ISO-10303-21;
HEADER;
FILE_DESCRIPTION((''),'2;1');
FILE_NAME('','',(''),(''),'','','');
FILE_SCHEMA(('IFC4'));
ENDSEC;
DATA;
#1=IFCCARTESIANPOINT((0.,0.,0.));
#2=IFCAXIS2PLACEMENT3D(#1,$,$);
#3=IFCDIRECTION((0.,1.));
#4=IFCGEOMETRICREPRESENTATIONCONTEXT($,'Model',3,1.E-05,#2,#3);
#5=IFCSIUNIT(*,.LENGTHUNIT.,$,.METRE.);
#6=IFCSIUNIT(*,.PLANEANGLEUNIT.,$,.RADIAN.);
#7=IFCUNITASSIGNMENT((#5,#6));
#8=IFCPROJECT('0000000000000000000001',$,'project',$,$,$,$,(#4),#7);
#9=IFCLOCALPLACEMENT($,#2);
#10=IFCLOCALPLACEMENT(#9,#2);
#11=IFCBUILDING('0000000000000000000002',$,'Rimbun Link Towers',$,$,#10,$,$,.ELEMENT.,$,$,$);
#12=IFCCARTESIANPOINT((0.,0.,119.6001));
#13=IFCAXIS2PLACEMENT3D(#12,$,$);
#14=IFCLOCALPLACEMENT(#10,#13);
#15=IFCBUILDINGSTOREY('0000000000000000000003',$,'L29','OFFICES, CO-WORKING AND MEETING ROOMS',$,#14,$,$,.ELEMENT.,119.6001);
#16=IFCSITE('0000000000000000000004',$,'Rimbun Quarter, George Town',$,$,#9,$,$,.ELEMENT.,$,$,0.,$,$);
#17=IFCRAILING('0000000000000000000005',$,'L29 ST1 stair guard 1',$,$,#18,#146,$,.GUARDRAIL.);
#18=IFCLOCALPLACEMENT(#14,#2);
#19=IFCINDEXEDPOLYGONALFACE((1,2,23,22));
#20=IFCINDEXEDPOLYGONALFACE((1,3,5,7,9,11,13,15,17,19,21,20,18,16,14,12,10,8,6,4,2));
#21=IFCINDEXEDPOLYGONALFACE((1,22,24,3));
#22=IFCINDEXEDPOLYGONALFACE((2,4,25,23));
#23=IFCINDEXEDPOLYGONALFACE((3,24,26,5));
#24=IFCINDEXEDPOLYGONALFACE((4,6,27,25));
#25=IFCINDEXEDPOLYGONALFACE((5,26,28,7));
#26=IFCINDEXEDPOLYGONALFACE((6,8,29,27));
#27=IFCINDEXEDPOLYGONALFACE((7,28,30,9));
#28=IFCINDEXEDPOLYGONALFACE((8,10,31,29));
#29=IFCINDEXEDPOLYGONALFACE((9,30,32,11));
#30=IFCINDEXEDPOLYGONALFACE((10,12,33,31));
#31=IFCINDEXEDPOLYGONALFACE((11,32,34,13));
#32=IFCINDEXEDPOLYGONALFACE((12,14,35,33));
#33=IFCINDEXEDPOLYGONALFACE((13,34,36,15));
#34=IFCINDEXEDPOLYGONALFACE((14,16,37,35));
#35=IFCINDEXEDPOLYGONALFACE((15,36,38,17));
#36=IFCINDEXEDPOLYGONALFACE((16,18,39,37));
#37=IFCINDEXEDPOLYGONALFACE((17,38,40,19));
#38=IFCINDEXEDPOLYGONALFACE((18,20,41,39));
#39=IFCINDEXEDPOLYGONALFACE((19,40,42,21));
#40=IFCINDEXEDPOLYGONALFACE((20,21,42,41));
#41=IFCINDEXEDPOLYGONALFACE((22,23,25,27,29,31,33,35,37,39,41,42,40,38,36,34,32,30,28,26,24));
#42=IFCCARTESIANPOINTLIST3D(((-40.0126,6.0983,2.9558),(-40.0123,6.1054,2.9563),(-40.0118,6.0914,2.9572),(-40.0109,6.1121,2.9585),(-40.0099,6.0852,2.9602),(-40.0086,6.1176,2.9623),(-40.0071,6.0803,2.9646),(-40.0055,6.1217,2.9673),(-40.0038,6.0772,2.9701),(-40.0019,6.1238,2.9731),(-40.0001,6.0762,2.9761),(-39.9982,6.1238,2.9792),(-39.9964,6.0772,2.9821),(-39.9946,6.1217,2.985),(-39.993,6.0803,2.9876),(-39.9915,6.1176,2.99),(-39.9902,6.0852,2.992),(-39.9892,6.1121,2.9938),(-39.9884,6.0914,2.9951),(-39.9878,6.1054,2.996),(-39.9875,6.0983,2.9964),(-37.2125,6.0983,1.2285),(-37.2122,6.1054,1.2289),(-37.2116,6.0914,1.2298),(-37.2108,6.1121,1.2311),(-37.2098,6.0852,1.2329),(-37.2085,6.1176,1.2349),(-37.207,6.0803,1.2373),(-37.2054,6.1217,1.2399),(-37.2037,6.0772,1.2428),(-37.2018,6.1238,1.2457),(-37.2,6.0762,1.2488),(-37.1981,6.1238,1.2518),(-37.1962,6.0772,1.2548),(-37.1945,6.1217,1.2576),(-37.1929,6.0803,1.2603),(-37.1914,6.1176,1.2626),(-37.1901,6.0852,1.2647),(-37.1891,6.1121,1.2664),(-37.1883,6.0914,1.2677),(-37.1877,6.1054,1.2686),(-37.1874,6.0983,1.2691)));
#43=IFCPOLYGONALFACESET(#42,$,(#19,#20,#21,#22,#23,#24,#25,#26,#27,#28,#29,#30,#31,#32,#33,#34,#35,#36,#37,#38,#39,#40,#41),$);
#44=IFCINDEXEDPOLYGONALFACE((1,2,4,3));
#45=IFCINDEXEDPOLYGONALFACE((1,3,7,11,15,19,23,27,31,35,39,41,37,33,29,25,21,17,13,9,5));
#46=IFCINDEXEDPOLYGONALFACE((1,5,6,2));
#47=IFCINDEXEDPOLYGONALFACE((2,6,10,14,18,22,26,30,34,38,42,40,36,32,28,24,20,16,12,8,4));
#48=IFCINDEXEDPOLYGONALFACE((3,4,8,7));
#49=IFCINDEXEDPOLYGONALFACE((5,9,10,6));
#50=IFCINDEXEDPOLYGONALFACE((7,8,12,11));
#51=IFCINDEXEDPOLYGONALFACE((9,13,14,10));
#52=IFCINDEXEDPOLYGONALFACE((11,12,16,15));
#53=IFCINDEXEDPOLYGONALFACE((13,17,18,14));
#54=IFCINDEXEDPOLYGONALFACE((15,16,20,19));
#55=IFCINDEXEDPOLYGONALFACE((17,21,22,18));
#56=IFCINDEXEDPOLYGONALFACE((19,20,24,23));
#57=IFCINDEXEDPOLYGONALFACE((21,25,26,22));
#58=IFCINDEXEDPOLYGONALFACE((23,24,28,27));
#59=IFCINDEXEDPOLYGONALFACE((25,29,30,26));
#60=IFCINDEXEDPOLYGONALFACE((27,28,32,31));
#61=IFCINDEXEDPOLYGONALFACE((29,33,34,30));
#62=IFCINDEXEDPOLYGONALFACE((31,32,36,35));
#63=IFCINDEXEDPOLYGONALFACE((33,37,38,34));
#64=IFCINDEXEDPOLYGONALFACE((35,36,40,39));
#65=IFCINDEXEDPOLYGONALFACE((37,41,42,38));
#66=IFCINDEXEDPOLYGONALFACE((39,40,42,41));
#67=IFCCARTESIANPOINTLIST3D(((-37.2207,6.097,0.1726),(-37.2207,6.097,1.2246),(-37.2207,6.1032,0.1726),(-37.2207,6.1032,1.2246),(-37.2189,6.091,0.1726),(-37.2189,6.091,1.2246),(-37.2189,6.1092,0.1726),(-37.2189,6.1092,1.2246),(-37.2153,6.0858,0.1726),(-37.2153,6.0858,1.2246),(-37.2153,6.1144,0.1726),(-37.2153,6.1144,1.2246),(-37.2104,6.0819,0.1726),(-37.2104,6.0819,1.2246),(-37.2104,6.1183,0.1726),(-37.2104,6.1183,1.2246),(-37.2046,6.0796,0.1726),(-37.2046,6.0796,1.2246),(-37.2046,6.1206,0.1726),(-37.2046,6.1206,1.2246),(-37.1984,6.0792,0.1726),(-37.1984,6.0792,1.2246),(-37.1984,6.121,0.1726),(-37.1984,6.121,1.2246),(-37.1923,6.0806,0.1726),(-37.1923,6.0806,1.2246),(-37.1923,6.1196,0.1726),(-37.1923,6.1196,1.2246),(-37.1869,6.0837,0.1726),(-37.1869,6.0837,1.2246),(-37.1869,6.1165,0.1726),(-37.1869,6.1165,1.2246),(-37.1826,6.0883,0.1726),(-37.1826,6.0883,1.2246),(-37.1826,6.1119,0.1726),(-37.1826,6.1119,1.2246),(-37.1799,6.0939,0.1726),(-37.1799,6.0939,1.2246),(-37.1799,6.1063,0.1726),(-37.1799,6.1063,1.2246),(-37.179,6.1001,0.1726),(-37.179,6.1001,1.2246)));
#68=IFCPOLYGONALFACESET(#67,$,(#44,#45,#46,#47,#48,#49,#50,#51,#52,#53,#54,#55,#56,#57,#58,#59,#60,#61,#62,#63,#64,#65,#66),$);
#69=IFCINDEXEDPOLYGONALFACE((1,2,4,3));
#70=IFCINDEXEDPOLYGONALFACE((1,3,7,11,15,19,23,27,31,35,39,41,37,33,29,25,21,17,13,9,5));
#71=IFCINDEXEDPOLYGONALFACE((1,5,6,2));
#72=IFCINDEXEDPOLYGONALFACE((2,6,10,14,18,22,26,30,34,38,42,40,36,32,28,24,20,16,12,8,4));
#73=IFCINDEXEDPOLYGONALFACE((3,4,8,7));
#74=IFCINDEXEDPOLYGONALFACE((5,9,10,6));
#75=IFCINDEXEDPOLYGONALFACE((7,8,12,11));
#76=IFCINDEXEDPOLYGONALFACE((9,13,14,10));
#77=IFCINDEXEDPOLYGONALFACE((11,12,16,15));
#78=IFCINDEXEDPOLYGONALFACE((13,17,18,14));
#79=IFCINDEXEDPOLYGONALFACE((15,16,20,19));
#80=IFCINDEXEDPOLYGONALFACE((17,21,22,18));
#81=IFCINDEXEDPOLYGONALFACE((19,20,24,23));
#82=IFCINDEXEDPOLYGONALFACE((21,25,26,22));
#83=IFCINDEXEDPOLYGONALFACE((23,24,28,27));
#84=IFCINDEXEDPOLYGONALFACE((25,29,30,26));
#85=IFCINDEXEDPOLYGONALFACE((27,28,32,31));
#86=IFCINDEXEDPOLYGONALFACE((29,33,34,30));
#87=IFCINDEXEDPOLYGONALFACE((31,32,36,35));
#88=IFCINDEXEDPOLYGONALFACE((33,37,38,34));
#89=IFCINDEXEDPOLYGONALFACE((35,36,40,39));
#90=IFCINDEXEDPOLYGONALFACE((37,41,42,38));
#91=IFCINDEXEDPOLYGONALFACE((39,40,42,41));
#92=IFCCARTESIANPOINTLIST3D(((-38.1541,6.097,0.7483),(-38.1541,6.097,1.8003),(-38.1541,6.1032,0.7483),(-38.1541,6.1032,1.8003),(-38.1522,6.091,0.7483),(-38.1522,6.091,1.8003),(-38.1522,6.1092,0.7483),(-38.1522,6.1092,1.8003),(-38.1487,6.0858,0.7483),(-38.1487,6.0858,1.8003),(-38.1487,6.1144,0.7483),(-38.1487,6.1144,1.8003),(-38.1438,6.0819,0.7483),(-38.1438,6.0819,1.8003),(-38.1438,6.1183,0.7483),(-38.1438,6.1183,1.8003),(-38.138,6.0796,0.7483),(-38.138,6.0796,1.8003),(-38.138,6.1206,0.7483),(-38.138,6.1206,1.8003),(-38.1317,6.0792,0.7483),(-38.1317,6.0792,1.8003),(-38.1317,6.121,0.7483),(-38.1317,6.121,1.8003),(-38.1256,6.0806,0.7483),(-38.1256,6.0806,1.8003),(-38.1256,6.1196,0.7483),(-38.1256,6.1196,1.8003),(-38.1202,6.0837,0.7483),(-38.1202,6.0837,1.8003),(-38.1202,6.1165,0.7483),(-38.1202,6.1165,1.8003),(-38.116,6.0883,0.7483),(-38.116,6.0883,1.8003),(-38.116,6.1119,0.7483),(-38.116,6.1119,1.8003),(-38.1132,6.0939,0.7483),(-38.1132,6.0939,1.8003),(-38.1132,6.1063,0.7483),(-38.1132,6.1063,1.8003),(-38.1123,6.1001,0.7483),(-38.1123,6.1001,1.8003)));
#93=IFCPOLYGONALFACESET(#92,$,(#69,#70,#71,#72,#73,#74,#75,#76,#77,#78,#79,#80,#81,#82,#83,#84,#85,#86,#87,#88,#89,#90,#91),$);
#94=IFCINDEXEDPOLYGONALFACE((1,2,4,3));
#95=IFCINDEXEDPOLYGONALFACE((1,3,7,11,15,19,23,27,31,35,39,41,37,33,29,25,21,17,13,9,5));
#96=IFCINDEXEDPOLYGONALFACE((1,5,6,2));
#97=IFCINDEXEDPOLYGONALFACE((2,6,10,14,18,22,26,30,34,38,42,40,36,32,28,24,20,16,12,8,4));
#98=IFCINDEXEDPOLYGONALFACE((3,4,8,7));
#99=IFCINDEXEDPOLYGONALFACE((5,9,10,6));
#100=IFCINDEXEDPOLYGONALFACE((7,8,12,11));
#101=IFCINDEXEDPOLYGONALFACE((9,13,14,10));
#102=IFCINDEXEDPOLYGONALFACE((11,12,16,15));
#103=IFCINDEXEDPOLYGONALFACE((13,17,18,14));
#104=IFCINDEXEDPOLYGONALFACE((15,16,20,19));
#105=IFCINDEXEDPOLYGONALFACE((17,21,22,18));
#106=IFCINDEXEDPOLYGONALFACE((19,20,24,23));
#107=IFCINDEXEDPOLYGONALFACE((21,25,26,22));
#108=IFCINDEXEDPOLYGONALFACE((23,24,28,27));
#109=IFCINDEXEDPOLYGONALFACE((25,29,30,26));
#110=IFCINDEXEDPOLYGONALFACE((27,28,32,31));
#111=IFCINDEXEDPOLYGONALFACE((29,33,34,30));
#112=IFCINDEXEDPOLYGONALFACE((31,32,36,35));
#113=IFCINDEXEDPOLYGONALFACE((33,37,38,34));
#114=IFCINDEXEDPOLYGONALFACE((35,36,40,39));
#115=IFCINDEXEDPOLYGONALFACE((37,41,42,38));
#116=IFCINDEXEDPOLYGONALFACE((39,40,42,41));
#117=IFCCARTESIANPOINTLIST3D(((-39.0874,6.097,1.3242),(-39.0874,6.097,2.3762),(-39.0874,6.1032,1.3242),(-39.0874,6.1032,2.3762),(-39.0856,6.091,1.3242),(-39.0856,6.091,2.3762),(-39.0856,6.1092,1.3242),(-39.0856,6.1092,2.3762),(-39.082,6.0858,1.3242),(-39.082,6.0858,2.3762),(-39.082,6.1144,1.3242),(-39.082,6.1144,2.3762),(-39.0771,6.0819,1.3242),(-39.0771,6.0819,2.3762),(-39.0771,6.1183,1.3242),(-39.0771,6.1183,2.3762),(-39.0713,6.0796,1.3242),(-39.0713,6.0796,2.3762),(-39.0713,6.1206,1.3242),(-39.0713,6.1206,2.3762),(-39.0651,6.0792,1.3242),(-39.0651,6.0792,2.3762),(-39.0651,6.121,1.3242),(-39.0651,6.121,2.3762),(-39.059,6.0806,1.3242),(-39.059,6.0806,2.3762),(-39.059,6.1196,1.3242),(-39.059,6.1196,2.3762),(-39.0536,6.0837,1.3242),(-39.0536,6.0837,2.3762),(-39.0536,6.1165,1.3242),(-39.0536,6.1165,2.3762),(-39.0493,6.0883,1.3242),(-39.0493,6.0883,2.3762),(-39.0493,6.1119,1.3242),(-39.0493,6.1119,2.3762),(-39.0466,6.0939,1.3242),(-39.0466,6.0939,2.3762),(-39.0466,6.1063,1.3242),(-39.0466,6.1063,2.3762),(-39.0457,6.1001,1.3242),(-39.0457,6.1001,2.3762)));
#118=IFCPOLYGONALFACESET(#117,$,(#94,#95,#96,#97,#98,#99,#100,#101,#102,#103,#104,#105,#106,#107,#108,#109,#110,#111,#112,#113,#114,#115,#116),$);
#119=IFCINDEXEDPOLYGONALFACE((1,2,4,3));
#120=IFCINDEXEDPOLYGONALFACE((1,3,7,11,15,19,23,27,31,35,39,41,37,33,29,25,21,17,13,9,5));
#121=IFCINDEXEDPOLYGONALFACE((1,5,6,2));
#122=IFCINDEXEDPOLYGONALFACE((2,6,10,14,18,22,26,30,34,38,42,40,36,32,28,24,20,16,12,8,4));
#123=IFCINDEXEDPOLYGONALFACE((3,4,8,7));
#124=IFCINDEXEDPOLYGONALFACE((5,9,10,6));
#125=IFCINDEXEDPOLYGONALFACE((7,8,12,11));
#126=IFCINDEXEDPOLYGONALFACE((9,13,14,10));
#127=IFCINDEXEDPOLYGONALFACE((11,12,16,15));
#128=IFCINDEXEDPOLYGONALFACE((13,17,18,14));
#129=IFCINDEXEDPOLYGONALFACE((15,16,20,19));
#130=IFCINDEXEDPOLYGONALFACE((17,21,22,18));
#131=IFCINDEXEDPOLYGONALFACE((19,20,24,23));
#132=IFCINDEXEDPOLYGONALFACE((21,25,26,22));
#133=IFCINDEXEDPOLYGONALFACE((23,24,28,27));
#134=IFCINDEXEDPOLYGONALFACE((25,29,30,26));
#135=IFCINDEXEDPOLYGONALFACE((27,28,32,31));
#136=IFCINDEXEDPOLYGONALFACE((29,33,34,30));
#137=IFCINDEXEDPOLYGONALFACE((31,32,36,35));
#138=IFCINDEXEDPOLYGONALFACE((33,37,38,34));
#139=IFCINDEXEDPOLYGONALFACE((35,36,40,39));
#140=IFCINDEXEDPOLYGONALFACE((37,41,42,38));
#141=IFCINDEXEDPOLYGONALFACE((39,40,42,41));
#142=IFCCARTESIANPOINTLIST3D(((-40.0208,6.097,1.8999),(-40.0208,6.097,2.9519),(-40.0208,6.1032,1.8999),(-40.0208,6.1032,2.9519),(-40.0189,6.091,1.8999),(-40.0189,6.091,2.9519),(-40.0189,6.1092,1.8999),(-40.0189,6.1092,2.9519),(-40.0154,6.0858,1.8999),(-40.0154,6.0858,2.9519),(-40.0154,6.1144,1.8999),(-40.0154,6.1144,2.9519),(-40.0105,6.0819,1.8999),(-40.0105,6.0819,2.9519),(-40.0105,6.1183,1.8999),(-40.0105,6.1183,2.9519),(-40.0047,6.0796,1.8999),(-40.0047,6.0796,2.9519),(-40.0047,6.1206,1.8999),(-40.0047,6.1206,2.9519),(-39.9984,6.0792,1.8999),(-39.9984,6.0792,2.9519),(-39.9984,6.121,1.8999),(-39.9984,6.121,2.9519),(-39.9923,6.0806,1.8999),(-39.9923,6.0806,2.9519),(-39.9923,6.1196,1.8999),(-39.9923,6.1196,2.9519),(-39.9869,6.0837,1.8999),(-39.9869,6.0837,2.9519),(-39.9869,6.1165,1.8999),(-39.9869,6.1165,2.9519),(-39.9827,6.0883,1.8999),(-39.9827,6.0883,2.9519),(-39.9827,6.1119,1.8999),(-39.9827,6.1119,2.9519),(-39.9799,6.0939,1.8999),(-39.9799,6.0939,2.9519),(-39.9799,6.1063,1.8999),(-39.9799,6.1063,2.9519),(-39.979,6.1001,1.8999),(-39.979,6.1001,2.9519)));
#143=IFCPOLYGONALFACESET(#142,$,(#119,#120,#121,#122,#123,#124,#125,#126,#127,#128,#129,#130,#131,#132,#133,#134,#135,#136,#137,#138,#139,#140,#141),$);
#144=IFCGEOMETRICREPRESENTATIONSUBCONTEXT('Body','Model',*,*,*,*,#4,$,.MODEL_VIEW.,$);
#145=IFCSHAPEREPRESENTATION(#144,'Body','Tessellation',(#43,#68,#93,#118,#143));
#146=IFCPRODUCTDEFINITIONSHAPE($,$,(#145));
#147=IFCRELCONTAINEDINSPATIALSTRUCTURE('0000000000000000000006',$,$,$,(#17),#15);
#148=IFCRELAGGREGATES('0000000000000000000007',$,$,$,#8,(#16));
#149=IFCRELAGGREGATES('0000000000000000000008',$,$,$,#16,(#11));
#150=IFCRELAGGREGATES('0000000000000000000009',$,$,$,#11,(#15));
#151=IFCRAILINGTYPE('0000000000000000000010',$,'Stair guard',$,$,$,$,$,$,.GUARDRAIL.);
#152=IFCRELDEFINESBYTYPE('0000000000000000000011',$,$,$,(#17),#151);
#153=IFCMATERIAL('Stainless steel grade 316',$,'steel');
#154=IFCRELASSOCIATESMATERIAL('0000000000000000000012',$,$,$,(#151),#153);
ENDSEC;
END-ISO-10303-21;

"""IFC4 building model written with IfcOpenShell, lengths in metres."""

from ifc_helpers import new_model, si_unit, direction, frame, origin, origin_2d, place, context, subcontext, project, spatial, circle, extrude, material, type_object, element, save


model = new_model("IFC4")

# Units and contexts
model_context = context("Model", 3, precision=1e-05, world=origin(), true_north=direction((0.0, 1.0)))
body_context = subcontext(model_context, "Body", "Model", "MODEL_VIEW")
ifc_project = project(units=[si_unit("LENGTHUNIT", "METRE"), si_unit("PLANEANGLEUNIT", "RADIAN")], contexts=[model_context])

# Site, building, storey
site_placement = place(None, origin())
site = spatial("IfcSite", under=ifc_project, at=site_placement, Name="Rimbun Quarter, George Town", CompositionType="ELEMENT", RefElevation=0.0)
building_placement = place(site_placement, origin())
building = spatial("IfcBuilding", under=site, at=building_placement, Name="Rimbun Link Towers", CompositionType="ELEMENT")
storey_placement = place(building_placement, frame((0.0, 0.0, 119.6001)))
storey = spatial("IfcBuildingStorey", under=building, at=storey_placement, Name="L29", Description="OFFICES, CO-WORKING AND MEETING ROOMS", CompositionType="ELEMENT", Elevation=119.6001)

# Railing
ifc_material_1 = material(Name="Stainless steel grade 316", Category="steel")
railing_type_1 = type_object("IfcRailingType", Name="Stair guard", PredefinedType="GUARDRAIL", material=ifc_material_1)
railing_1_placement = place(storey_placement, frame((-37.2, 6.1001, 0.1726)))
element("IfcRailing", 1, at=railing_1_placement, inside=storey, type_object=railing_type_1, Name="L29 ST1 stair guard 1", PredefinedType="GUARDRAIL", context=body_context, shape_type="SweptSolid", body=[
    extrude(circle(Radius=0.0239, at=origin_2d()), frame((0.0, 0.0, 1.0762), z_axis=(-0.85109, 0.0, 0.52502), x_axis=(0.0, -1.0, 0.0)), (0.0, 0.0, 1.0), 3.29),
    extrude(circle(Radius=0.021, at=origin_2d()), origin(), (0.0, 0.0, 1.0), 1.052),
    extrude(circle(Radius=0.021, at=origin_2d()), frame((-0.9333, 0.0, 0.5757)), (0.0, 0.0, 1.0), 1.052),
    extrude(circle(Radius=0.021, at=origin_2d()), frame((-1.8667, 0.0, 1.1516)), (0.0, 0.0, 1.0), 1.052),
    extrude(circle(Radius=0.021, at=origin_2d()), frame((-2.8, 0.0, 1.7273)), (0.0, 0.0, 1.0), 1.052),
])

save(model, "model.ifc")
